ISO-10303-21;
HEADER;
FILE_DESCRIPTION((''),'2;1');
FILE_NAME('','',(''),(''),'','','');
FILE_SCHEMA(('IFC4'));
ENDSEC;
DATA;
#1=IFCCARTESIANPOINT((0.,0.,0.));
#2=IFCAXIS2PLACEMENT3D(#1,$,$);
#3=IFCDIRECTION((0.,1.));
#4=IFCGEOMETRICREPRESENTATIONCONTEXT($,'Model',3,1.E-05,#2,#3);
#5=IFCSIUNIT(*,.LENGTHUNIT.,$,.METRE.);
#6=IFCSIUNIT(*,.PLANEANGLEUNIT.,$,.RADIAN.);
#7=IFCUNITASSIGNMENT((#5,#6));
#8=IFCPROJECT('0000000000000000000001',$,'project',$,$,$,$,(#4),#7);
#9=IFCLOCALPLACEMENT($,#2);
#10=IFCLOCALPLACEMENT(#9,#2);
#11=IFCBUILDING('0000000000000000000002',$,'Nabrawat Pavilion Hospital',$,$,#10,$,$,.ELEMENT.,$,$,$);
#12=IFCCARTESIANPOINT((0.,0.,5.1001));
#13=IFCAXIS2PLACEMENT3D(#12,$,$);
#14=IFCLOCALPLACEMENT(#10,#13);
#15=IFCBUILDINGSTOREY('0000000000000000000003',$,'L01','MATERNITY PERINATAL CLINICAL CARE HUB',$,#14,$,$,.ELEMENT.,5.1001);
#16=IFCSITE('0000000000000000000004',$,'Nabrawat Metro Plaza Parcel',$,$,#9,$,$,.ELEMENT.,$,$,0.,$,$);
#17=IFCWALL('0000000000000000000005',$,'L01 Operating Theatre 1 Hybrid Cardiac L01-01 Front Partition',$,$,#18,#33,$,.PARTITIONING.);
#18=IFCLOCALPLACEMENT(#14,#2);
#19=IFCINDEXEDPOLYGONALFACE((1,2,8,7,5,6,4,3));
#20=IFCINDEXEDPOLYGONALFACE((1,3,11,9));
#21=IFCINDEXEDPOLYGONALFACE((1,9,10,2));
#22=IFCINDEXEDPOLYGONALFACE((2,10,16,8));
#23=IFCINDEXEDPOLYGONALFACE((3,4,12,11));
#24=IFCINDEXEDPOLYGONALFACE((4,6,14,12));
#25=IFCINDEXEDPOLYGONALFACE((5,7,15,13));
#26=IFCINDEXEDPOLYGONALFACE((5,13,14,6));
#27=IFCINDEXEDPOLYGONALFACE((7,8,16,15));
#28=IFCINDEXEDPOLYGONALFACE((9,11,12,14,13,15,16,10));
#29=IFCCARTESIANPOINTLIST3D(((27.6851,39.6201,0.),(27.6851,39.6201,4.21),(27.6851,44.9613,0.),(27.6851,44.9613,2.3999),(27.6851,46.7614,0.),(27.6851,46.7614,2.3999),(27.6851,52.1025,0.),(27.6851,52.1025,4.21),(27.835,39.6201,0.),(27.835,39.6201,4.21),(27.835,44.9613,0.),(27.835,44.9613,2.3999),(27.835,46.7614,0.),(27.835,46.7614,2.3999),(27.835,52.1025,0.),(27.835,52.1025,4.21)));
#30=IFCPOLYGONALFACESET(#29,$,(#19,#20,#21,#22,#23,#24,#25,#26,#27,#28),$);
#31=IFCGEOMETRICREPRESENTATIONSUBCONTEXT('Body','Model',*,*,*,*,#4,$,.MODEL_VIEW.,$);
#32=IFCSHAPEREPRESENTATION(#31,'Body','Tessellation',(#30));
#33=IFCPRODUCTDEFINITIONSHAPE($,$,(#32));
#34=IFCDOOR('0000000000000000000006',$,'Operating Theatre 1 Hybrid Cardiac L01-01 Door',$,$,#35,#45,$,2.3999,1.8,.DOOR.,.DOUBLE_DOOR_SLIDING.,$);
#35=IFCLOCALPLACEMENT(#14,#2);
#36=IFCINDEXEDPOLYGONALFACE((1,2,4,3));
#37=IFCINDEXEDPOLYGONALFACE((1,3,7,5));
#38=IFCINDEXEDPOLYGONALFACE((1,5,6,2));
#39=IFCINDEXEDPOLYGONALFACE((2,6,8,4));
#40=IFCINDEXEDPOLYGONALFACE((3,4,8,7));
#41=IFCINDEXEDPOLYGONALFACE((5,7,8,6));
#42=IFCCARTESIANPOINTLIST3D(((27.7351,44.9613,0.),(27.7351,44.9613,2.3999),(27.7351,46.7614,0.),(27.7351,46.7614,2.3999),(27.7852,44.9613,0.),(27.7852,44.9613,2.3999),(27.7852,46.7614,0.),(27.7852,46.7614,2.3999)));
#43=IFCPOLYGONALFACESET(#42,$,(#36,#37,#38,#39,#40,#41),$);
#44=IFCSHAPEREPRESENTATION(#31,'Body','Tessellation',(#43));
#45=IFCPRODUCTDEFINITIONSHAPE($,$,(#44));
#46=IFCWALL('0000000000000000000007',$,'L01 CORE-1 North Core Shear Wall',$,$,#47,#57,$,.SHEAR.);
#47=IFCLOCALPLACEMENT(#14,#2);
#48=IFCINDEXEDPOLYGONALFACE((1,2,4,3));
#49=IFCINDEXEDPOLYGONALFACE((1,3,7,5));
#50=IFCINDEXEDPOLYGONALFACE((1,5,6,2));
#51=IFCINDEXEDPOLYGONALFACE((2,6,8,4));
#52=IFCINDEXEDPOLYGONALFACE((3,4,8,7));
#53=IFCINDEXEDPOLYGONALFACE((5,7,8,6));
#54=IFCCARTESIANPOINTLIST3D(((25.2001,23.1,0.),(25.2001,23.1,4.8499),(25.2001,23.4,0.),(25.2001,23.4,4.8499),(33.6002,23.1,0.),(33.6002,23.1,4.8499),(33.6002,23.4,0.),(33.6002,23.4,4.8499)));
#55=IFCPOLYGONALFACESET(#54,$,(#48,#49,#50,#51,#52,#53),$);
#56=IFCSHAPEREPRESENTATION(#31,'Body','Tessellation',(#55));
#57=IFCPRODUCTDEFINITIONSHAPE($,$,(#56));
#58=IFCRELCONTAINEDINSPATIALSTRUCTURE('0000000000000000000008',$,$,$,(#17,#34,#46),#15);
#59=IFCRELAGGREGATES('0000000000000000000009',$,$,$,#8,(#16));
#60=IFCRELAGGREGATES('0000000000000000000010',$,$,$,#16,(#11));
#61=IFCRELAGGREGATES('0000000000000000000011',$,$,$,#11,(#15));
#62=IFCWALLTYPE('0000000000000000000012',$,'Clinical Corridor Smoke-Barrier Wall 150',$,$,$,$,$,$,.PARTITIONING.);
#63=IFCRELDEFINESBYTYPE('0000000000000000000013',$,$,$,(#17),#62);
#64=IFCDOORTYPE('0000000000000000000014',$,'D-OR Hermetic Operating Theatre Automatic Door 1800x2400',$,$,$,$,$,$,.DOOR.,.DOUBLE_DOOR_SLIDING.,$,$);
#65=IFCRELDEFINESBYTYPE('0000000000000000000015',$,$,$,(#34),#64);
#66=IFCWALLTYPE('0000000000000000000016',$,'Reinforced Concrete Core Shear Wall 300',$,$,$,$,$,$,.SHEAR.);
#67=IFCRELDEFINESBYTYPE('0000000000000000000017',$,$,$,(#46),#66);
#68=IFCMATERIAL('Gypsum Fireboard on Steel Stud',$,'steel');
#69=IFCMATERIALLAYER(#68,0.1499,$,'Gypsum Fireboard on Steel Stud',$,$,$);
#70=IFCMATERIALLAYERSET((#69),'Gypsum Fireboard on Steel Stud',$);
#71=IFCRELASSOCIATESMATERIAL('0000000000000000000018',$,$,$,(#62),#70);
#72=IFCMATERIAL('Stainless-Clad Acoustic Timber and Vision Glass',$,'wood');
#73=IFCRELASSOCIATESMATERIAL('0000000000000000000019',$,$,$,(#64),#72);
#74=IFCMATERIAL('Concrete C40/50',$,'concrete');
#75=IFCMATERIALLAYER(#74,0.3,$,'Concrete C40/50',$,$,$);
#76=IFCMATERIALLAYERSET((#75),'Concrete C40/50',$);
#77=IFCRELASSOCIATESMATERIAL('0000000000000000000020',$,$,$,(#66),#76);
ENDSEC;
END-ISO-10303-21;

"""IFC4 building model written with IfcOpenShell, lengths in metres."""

from ifc_helpers import new_model, si_unit, direction, frame, frame_2d, origin, place, context, subcontext, project, spatial, rectangle, extrude, material, layer, layer_set, type_object, element, fill, save


model = new_model("IFC4")

# Units and contexts
model_context = context("Model", 3, precision=1e-05, world=origin(), true_north=direction((0.0, 1.0)))
body_context = subcontext(model_context, "Body", "Model", "MODEL_VIEW")
ifc_project = project(units=[si_unit("LENGTHUNIT", "METRE"), si_unit("PLANEANGLEUNIT", "RADIAN")], contexts=[model_context])

# Site, building, storey
site_placement = place(None, origin())
site = spatial("IfcSite", under=ifc_project, at=site_placement, Name="Nabrawat Metro Plaza Parcel", CompositionType="ELEMENT", RefElevation=0.0)
building_placement = place(site_placement, origin())
building = spatial("IfcBuilding", under=site, at=building_placement, Name="Nabrawat Pavilion Hospital", CompositionType="ELEMENT")
storey_placement = place(building_placement, frame((0.0, 0.0, 5.1001)))
storey = spatial("IfcBuildingStorey", under=building, at=storey_placement, Name="L01", Description="MATERNITY PERINATAL CLINICAL CARE HUB", CompositionType="ELEMENT", Elevation=5.1001)

# Wall, opening, door
ifc_material_1 = material(Name="Gypsum Fireboard on Steel Stud", Category="steel")
ifc_layer_1 = layer(ifc_material_1, 0.1499, Name="Gypsum Fireboard on Steel Stud")
ifc_layer_set_1 = layer_set([ifc_layer_1], Name="Gypsum Fireboard on Steel Stud")
wall_type_1 = type_object("IfcWallType", Name="Clinical Corridor Smoke-Barrier Wall 150", PredefinedType="PARTITIONING", material=ifc_layer_set_1)
wall_1_placement = place(storey_placement, frame((27.76, 39.6201, 0.0), z_axis=(0.0, 0.0, 1.0), x_axis=(0.0, 1.0, 0.0)))
wall_1 = element("IfcWall", 1, at=wall_1_placement, inside=storey, type_object=wall_type_1, Name="L01 Operating Theatre 1 Hybrid Cardiac L01-01 Front Partition", PredefinedType="PARTITIONING", context=body_context, shape_type="SweptSolid", body=[
    extrude(rectangle(XDim=12.4824, YDim=0.1499, at=frame_2d((6.2412, 0.0))), origin(), (0.0, 0.0, 1.0), 4.21),
])
opening_placement = place(wall_1_placement, frame((5.3413, 0.0, 0.0)))
opening = element("IfcOpeningElement", 2, at=opening_placement, cuts=wall_1, PredefinedType="OPENING", context=body_context, shape_type="SweptSolid", body=[
    extrude(rectangle(XDim=1.8, YDim=2.3999, at=frame_2d((0.8999, 1.2))), frame((0.0, 0.085, 0.0), z_axis=(0.0, -1.0, 0.0), x_axis=(1.0, 0.0, 0.0)), (0.0, 0.0, 1.0), 0.1699),
])
ifc_material_2 = material(Name="Stainless-Clad Acoustic Timber and Vision Glass", Category="wood")
door_type = type_object("IfcDoorType", Name="D-OR Hermetic Operating Theatre Automatic Door 1800x2400", OperationType="DOUBLE_DOOR_SLIDING", PredefinedType="DOOR", material=ifc_material_2)
door_placement = place(opening_placement, origin())
door = element("IfcDoor", 3, at=door_placement, inside=storey, type_object=door_type, Name="Operating Theatre 1 Hybrid Cardiac L01-01 Door", OperationType="DOUBLE_DOOR_SLIDING", OverallHeight=2.3999, OverallWidth=1.8, PredefinedType="DOOR", context=body_context, shape_type="SweptSolid", body=[
    extrude(rectangle(XDim=1.8, YDim=2.3999, at=frame_2d((0.8999, 1.2))), frame((0.0, 0.0249, 0.0), z_axis=(0.0, -1.0, 0.0), x_axis=(1.0, 0.0, 0.0)), (0.0, 0.0, 1.0), 0.05),
])
fill(opening, door)

# Wall
ifc_material_3 = material(Name="Concrete C40/50", Category="concrete")
ifc_layer_2 = layer(ifc_material_3, 0.3, Name="Concrete C40/50")
ifc_layer_set_2 = layer_set([ifc_layer_2], Name="Concrete C40/50")
wall_type_2 = type_object("IfcWallType", Name="Reinforced Concrete Core Shear Wall 300", PredefinedType="SHEAR", material=ifc_layer_set_2)
wall_2_placement = place(storey_placement, frame((25.2, 23.25, 0.0), z_axis=(0.0, 0.0, 1.0), x_axis=(1.0, 0.0, 0.0)))
element("IfcWall", 4, at=wall_2_placement, inside=storey, type_object=wall_type_2, Name="L01 CORE-1 North Core Shear Wall", PredefinedType="SHEAR", context=body_context, shape_type="SweptSolid", body=[
    extrude(rectangle(XDim=8.4001, YDim=0.3, at=frame_2d((4.2002, 0.0))), origin(), (0.0, 0.0, 1.0), 4.8499),
])

save(model, "model.ifc")
